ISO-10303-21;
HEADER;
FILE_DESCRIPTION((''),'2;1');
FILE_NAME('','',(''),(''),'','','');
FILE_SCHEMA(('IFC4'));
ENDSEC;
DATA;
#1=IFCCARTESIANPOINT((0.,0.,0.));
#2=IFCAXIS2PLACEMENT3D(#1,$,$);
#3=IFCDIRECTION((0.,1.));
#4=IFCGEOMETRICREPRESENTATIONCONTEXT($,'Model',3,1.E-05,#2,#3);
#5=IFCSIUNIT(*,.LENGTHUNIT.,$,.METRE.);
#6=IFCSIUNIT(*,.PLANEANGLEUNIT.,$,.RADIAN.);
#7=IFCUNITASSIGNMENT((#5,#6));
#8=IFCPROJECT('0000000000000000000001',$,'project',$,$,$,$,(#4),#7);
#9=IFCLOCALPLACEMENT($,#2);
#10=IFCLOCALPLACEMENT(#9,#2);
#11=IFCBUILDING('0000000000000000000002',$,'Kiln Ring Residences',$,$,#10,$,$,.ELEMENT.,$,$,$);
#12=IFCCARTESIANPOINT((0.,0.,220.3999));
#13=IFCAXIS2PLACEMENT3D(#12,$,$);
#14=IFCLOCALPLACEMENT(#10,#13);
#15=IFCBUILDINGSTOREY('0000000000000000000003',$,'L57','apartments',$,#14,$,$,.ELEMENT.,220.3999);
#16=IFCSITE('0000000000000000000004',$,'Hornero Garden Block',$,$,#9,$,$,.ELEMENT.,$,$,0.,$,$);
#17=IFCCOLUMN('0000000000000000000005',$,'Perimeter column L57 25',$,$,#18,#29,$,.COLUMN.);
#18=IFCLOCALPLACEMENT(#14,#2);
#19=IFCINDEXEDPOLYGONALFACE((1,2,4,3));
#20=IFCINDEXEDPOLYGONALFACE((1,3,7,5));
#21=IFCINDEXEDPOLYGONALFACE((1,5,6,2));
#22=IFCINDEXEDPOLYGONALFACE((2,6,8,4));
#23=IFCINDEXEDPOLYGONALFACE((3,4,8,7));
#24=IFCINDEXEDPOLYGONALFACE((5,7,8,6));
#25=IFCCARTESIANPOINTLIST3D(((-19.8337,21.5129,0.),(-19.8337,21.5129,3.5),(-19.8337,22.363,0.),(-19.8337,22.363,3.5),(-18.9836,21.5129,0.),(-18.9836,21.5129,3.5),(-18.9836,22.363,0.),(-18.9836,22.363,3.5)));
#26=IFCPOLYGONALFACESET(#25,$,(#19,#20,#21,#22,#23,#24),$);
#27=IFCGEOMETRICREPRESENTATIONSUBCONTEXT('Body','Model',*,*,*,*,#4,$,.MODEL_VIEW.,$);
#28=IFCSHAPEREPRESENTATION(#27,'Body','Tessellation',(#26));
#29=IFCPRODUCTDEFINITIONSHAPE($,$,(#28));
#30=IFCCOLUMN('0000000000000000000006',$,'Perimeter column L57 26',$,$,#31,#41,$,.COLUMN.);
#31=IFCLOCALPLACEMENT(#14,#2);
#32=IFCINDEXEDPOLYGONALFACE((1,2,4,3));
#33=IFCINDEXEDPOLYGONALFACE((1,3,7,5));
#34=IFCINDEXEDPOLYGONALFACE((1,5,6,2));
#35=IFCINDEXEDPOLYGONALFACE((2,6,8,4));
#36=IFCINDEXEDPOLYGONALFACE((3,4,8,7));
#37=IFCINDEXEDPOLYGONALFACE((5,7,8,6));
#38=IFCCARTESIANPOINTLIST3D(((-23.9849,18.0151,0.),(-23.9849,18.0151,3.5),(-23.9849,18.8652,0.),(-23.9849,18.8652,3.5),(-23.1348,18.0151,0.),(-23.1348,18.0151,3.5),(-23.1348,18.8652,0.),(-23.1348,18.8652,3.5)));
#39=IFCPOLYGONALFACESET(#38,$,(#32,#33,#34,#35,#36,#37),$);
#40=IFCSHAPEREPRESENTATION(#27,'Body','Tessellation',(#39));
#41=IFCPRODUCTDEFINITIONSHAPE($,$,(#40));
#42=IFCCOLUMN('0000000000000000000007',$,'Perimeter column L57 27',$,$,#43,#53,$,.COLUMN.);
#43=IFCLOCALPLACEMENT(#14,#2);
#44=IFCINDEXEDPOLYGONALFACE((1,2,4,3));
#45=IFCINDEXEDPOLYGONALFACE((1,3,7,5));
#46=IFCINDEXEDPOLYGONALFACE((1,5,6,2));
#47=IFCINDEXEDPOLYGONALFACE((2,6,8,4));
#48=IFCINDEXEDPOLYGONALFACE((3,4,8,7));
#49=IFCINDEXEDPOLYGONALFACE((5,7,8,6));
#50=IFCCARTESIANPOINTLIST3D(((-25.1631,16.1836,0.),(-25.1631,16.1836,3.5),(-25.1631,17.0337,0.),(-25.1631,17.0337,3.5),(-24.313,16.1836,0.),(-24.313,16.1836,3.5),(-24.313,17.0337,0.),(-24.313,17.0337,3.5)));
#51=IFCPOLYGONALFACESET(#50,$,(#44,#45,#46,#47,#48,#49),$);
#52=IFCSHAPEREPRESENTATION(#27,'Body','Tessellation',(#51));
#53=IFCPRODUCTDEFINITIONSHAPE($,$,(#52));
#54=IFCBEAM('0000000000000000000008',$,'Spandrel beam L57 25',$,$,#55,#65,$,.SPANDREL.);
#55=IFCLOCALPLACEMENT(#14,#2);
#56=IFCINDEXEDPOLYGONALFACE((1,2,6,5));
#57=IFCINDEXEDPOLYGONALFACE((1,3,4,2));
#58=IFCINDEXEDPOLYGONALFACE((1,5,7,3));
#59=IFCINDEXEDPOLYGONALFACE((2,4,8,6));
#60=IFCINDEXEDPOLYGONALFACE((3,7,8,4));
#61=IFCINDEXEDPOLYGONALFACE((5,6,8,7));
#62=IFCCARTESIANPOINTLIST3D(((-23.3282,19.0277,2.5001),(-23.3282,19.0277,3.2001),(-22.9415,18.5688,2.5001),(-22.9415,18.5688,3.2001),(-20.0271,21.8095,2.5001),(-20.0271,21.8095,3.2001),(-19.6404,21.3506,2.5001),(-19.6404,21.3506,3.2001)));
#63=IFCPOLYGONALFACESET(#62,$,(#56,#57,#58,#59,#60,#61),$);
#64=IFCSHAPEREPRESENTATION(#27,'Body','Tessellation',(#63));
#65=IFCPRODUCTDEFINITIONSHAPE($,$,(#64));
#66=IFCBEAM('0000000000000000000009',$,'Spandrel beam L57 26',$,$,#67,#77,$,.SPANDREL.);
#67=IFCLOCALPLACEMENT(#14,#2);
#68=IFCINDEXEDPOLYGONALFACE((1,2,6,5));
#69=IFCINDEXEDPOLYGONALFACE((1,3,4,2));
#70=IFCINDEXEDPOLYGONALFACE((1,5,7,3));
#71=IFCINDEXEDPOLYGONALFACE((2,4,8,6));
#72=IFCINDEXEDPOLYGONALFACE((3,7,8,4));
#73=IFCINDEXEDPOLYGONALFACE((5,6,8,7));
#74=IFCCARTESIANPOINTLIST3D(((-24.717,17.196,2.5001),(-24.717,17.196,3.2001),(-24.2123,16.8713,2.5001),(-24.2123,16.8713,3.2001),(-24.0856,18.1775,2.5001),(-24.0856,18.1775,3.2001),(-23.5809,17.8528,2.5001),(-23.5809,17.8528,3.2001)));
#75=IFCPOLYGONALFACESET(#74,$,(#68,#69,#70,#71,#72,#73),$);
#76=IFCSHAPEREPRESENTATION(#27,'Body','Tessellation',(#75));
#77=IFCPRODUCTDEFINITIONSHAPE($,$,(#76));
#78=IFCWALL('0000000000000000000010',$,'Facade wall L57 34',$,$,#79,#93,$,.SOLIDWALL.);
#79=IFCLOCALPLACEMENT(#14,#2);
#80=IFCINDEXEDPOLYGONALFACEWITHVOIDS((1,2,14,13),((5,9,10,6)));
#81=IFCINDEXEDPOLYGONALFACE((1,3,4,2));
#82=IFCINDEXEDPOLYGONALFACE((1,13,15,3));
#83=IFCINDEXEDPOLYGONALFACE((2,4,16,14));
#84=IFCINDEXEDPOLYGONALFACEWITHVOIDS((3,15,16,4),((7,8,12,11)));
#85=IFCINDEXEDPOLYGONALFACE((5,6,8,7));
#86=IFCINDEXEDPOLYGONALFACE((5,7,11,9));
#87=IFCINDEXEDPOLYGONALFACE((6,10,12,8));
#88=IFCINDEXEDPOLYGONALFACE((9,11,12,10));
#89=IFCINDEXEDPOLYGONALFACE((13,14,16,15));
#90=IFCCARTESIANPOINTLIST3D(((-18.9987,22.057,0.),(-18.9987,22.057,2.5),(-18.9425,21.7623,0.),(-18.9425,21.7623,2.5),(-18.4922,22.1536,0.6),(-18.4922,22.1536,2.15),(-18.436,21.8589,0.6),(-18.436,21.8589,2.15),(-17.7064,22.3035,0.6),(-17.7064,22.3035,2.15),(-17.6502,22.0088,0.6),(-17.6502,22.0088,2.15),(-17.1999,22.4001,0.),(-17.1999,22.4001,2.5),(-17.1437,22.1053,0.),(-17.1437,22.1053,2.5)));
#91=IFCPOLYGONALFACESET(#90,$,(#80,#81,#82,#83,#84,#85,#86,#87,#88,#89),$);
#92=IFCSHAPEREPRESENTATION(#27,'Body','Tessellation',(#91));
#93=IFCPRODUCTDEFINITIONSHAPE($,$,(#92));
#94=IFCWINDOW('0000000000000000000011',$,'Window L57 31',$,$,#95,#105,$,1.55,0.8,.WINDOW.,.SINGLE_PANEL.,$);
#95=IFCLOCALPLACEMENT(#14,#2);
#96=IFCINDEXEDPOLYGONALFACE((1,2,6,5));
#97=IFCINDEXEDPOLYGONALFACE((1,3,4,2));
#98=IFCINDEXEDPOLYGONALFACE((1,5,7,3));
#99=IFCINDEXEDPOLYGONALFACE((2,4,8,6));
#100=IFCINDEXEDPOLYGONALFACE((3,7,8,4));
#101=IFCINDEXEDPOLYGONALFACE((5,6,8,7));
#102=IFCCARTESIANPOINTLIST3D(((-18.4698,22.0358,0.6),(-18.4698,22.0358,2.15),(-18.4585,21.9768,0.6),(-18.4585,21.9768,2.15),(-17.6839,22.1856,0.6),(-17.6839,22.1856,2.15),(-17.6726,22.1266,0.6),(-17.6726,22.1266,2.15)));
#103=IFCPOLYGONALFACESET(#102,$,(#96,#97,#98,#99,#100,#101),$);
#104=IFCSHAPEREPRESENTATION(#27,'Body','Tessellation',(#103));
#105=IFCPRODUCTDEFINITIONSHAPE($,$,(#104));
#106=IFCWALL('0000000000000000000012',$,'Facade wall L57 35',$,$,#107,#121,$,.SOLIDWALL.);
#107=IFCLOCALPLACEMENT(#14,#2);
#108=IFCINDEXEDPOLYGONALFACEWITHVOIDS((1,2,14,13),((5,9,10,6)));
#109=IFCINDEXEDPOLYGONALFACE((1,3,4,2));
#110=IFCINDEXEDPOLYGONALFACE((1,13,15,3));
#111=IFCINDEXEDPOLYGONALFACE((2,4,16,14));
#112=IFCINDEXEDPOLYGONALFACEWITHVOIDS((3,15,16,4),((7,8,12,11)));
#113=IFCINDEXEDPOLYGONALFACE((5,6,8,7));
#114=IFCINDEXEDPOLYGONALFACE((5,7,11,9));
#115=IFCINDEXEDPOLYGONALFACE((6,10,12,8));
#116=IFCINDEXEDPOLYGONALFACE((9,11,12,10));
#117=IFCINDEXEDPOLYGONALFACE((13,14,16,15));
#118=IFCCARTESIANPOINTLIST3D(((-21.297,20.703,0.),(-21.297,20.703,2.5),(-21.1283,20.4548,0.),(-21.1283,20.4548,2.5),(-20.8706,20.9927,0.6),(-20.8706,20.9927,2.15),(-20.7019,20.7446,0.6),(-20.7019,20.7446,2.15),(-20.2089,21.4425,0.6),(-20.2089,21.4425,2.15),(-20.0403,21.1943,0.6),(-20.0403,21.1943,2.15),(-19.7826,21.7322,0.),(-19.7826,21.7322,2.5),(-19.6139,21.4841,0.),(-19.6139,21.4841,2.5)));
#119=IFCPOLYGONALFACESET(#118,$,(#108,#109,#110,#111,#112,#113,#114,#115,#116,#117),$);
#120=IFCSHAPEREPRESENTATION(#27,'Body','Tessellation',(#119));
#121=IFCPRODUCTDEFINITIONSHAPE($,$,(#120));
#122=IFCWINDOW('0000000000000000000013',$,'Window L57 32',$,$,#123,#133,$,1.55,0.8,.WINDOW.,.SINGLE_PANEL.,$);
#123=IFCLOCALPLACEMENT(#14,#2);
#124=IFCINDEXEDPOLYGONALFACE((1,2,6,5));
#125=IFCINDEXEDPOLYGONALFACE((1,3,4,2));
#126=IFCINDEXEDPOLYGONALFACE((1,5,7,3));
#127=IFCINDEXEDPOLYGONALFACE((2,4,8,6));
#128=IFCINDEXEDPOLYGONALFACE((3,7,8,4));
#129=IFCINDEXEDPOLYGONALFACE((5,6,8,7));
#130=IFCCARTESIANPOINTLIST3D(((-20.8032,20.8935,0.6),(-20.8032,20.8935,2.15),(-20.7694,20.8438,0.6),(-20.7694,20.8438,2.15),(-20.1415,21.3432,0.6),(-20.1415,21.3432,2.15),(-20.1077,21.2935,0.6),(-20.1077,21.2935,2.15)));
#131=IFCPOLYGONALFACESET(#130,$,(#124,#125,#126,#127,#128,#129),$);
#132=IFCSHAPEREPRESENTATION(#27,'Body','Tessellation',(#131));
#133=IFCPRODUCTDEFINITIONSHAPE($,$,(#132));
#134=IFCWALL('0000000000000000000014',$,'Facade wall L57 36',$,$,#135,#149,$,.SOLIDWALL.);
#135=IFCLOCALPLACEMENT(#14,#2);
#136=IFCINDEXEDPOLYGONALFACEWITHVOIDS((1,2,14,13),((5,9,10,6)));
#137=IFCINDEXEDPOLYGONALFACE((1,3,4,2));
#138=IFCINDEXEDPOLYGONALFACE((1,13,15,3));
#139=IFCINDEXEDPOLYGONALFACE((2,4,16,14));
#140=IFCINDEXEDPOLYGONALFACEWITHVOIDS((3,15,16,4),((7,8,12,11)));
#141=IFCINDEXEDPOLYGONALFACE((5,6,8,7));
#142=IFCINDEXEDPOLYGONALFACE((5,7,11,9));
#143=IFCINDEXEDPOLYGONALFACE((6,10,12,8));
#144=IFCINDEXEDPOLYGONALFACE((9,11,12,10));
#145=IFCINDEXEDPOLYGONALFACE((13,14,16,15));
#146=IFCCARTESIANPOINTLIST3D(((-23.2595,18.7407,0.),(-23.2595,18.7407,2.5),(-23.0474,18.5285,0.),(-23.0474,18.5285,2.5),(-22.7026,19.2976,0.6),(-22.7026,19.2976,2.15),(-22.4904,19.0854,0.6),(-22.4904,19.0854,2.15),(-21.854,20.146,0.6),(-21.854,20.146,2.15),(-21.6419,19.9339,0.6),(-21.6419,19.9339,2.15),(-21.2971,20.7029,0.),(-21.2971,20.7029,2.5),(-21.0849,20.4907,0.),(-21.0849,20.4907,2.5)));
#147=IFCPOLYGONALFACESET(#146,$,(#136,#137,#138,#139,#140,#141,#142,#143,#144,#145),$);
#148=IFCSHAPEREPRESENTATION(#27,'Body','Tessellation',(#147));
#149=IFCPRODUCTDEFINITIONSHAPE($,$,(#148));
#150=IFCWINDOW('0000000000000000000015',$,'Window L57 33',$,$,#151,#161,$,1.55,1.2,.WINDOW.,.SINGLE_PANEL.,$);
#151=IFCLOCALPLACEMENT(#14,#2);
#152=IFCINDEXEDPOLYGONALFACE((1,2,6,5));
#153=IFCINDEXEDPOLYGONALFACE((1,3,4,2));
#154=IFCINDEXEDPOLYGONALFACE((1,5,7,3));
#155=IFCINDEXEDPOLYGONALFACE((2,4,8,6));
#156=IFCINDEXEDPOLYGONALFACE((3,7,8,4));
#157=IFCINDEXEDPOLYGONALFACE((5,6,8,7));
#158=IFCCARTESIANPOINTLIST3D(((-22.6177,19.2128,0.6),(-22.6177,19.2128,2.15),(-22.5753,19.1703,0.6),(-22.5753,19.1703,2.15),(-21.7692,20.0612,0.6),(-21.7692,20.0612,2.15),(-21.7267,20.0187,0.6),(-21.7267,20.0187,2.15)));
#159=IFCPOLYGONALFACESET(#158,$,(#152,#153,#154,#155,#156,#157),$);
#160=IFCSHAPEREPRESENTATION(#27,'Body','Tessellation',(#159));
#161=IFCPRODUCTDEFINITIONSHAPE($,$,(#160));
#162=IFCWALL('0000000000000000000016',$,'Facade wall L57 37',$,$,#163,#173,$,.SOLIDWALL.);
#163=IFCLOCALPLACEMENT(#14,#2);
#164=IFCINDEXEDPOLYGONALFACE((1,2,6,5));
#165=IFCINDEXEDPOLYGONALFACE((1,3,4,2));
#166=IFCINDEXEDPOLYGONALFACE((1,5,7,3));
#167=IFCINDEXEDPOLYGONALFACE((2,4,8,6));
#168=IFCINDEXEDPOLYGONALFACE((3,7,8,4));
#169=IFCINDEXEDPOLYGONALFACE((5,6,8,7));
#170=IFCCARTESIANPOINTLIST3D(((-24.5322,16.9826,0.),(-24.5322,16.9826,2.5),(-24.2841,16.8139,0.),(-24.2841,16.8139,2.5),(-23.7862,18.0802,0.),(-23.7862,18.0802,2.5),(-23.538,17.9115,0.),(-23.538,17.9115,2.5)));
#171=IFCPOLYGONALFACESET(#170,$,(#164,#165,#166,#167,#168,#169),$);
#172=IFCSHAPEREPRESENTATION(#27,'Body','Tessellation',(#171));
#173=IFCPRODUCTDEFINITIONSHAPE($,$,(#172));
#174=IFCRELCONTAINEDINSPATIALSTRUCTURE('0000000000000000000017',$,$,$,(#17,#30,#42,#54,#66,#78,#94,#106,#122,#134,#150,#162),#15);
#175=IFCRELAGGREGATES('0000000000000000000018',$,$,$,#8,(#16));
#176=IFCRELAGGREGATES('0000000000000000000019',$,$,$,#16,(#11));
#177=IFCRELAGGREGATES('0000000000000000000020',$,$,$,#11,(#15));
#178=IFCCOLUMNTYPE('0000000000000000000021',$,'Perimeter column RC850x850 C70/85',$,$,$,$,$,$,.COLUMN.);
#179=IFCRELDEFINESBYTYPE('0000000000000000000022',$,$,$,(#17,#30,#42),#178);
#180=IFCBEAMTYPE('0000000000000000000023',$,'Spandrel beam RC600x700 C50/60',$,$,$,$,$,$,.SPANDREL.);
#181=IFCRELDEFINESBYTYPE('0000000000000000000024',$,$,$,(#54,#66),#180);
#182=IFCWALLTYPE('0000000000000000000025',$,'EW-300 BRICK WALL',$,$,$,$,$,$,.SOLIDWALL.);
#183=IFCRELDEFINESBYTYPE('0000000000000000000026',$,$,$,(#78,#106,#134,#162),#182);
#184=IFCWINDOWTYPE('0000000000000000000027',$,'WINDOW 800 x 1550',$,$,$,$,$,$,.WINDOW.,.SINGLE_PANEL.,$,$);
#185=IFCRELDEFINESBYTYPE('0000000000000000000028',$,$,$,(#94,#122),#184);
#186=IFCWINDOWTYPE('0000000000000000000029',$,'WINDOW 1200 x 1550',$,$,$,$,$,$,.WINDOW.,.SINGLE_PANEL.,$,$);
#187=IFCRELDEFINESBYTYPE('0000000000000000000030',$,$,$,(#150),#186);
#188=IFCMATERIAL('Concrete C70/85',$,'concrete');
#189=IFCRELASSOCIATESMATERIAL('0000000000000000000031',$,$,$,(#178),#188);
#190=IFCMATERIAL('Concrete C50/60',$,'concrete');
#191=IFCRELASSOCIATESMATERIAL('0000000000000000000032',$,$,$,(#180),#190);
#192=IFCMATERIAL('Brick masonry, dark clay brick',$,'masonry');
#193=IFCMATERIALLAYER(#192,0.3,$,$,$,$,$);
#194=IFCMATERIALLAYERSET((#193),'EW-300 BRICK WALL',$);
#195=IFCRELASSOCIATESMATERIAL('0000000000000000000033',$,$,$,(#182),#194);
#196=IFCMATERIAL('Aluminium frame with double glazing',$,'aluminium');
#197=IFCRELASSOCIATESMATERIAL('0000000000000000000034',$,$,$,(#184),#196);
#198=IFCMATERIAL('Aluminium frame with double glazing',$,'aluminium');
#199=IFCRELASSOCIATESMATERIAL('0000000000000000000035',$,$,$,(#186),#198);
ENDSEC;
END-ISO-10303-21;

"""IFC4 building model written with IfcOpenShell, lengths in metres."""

from ifc_helpers import new_model, si_unit, direction, frame, frame_2d, origin, origin_2d, place, context, subcontext, project, spatial, rectangle, extrude, material, layer, layer_set, material_profile, profile_set, type_object, element, fill, save


model = new_model("IFC4")

# Units and contexts
model_context = context("Model", 3, precision=1e-05, world=origin(), true_north=direction((0.0, 1.0)))
body_context = subcontext(model_context, "Body", "Model", "MODEL_VIEW")
ifc_project = project(units=[si_unit("LENGTHUNIT", "METRE"), si_unit("PLANEANGLEUNIT", "RADIAN")], contexts=[model_context])

# Site, building, storey
site_placement = place(None, origin())
site = spatial("IfcSite", under=ifc_project, at=site_placement, Name="Hornero Garden Block", CompositionType="ELEMENT", RefElevation=0.0)
building_placement = place(site_placement, origin())
building = spatial("IfcBuilding", under=site, at=building_placement, Name="Kiln Ring Residences", CompositionType="ELEMENT")
storey_placement = place(building_placement, frame((0.0, 0.0, 220.3999)))
storey = spatial("IfcBuildingStorey", under=building, at=storey_placement, Name="L57", Description="apartments", CompositionType="ELEMENT", Elevation=220.3999)

# Columns
ifc_material_1 = material(Name="Concrete C70/85", Category="concrete")
ifc_material_profile_1 = material_profile(ifc_material_1, rectangle(XDim=0.8501, YDim=0.8501, at=origin_2d()), Name="RC850x850")
ifc_profile_set_1 = profile_set([ifc_material_profile_1], Name="Concrete C70/85")
column_type = type_object("IfcColumnType", Name="Perimeter column RC850x850 C70/85", PredefinedType="COLUMN", material=ifc_profile_set_1)
for number, where, z_axis, x_axis, name in (
    (1, (-19.4087, 21.938, 0.0), (0.0, 0.0, 1.0), (1.0, 0.0, 0.0), "Perimeter column L57 25"),
    (2, (-23.5598, 18.4402, 0.0), (0.0, 0.0, 1.0), (1.0, 0.0, 0.0), "Perimeter column L57 26"),
    (3, (-24.738, 16.6086, 0.0), (0.0, 0.0, 1.0), (1.0, 0.0, 0.0), "Perimeter column L57 27"),
):
    element("IfcColumn", number, at=place(storey_placement, frame(where, z_axis=z_axis, x_axis=x_axis)), inside=storey, type_object=column_type, Name=name, PredefinedType="COLUMN", context=body_context, shape_type="SweptSolid", body=[
        extrude(rectangle(XDim=0.8501, YDim=0.8501, at=origin_2d()), origin(), (0.0, 0.0, 1.0), 3.5),
    ])

# Beams
ifc_material_2 = material(Name="Concrete C50/60", Category="concrete")
ifc_material_profile_2 = material_profile(ifc_material_2, rectangle(XDim=0.6001, YDim=0.7, at=origin_2d()), Name="RC600x700")
ifc_profile_set_2 = profile_set([ifc_material_profile_2], Name="Concrete C50/60")
beam_type = type_object("IfcBeamType", Name="Spandrel beam RC600x700 C50/60", PredefinedType="SPANDREL", material=ifc_profile_set_2)
beam_1_placement = place(storey_placement, frame((-19.8337, 21.5801, 2.8501), z_axis=(-0.764691, -0.644397, 0.0), x_axis=(0.644397, -0.764691, 0.0)))
element("IfcBeam", 4, at=beam_1_placement, inside=storey, type_object=beam_type, Name="Spandrel beam L57 25", PredefinedType="SPANDREL", context=body_context, shape_type="SweptSolid", body=[
    extrude(rectangle(XDim=0.6001, YDim=0.7, at=origin_2d()), origin(), (0.0, 0.0, 1.0), 4.3169),
])
beam_2_placement = place(storey_placement, frame((-23.8333, 18.0151, 2.8501), z_axis=(-0.541011, -0.841015, 0.0), x_axis=(0.841015, -0.541011, 0.0)))
element("IfcBeam", 5, at=beam_2_placement, inside=storey, type_object=beam_type, Name="Spandrel beam L57 26", PredefinedType="SPANDREL", context=body_context, shape_type="SweptSolid", body=[
    extrude(rectangle(XDim=0.6001, YDim=0.7, at=origin_2d()), origin(), (0.0, 0.0, 1.0), 1.167),
])

# Walls, openings, windows
ifc_material_3 = material(Name="Brick masonry, dark clay brick", Category="masonry")
ifc_layer_1 = layer(ifc_material_3, 0.3)
ifc_layer_set_1 = layer_set([ifc_layer_1], Name="EW-300 BRICK WALL")
wall_type_1 = type_object("IfcWallType", Name="EW-300 BRICK WALL", PredefinedType="SOLIDWALL", material=ifc_layer_set_1)
wall_1_placement = place(storey_placement, frame((-17.1719, 22.2527, 0.0), z_axis=(0.0, 0.0, 1.0), x_axis=(-0.9823, -0.187314, 0.0)))
wall_1 = element("IfcWall", 6, at=wall_1_placement, inside=storey, type_object=wall_type_1, Name="Facade wall L57 34", PredefinedType="SOLIDWALL", context=body_context, shape_type="SweptSolid", body=[
    extrude(rectangle(XDim=1.8313, YDim=0.3, at=frame_2d((0.9155, 0.0))), origin(), (0.0, 0.0, 1.0), 2.5),
])
opening_1_placement = place(wall_1_placement, frame((0.5156, 0.0, 0.6001)))
opening_1 = element("IfcOpeningElement", 7, at=opening_1_placement, cuts=wall_1, PredefinedType="OPENING", context=body_context, shape_type="SweptSolid", body=[
    extrude(rectangle(XDim=0.8, YDim=1.55, at=frame_2d((0.3999, 0.7749))), frame((0.0, 0.1599, 0.0), z_axis=(0.0, -1.0, 0.0), x_axis=(1.0, 0.0, 0.0)), (0.0, 0.0, 1.0), 0.3201),
])
ifc_material_4 = material(Name="Aluminium frame with double glazing", Category="aluminium")
window_type_1 = type_object("IfcWindowType", Name="WINDOW 800 x 1550", PartitioningType="SINGLE_PANEL", PredefinedType="WINDOW", material=ifc_material_4)
window_1_placement = place(opening_1_placement, origin())
window_1 = element("IfcWindow", 8, at=window_1_placement, inside=storey, type_object=window_type_1, Name="Window L57 31", OverallHeight=1.55, OverallWidth=0.8, PartitioningType="SINGLE_PANEL", PredefinedType="WINDOW", context=body_context, shape_type="SweptSolid", body=[
    extrude(rectangle(XDim=0.8, YDim=1.55, at=frame_2d((0.3999, 0.7749))), frame((0.0, 0.03, 0.0), z_axis=(0.0, -1.0, 0.0), x_axis=(1.0, 0.0, 0.0)), (0.0, 0.0, 1.0), 0.0601),
])
fill(opening_1, window_1)
wall_2_placement = place(storey_placement, frame((-19.6982, 21.6082, 0.0), z_axis=(0.0, 0.0, 1.0), x_axis=(-0.827053, -0.562124, 0.0)))
wall_2 = element("IfcWall", 9, at=wall_2_placement, inside=storey, type_object=wall_type_1, Name="Facade wall L57 35", PredefinedType="SOLIDWALL", context=body_context, shape_type="SweptSolid", body=[
    extrude(rectangle(XDim=1.8311, YDim=0.3, at=frame_2d((0.9155, 0.0))), origin(), (0.0, 0.0, 1.0), 2.5),
])
opening_2_placement = place(wall_2_placement, frame((0.5156, 0.0, 0.6001)))
opening_2 = element("IfcOpeningElement", 10, at=opening_2_placement, cuts=wall_2, PredefinedType="OPENING", context=body_context, shape_type="SweptSolid", body=[
    extrude(rectangle(XDim=0.8, YDim=1.55, at=frame_2d((0.3999, 0.7749))), frame((0.0, 0.1599, 0.0), z_axis=(0.0, -1.0, 0.0), x_axis=(1.0, 0.0, 0.0)), (0.0, 0.0, 1.0), 0.3201),
])
window_2_placement = place(opening_2_placement, origin())
window_2 = element("IfcWindow", 11, at=window_2_placement, inside=storey, type_object=window_type_1, Name="Window L57 32", OverallHeight=1.55, OverallWidth=0.8, PartitioningType="SINGLE_PANEL", PredefinedType="WINDOW", context=body_context, shape_type="SweptSolid", body=[
    extrude(rectangle(XDim=0.8, YDim=1.55, at=frame_2d((0.3999, 0.7749))), frame((0.0, 0.03, 0.0), z_axis=(0.0, -1.0, 0.0), x_axis=(1.0, 0.0, 0.0)), (0.0, 0.0, 1.0), 0.0601),
])
fill(opening_2, window_2)
wall_3_placement = place(storey_placement, frame((-21.1909, 20.5969, 0.0), z_axis=(0.0, 0.0, 1.0), x_axis=(-0.707151, -0.707063, 0.0)))
wall_3 = element("IfcWall", 12, at=wall_3_placement, inside=storey, type_object=wall_type_1, Name="Facade wall L57 36", PredefinedType="SOLIDWALL", context=body_context, shape_type="SweptSolid", body=[
    extrude(rectangle(XDim=2.7751, YDim=0.3, at=frame_2d((1.3877, 0.0))), origin(), (0.0, 0.0, 1.0), 2.5),
])
opening_3_placement = place(wall_3_placement, frame((0.7876, 0.0, 0.6001)))
opening_3 = element("IfcOpeningElement", 13, at=opening_3_placement, cuts=wall_3, PredefinedType="OPENING", context=body_context, shape_type="SweptSolid", body=[
    extrude(rectangle(XDim=1.2, YDim=1.55, at=frame_2d((0.6001, 0.7749))), frame((0.0, 0.1599, 0.0), z_axis=(0.0, -1.0, 0.0), x_axis=(1.0, 0.0, 0.0)), (0.0, 0.0, 1.0), 0.3201),
])
ifc_material_5 = material(Name="Aluminium frame with double glazing", Category="aluminium")
window_type_2 = type_object("IfcWindowType", Name="WINDOW 1200 x 1550", PartitioningType="SINGLE_PANEL", PredefinedType="WINDOW", material=ifc_material_5)
window_3_placement = place(opening_3_placement, origin())
window_3 = element("IfcWindow", 14, at=window_3_placement, inside=storey, type_object=window_type_2, Name="Window L57 33", OverallHeight=1.55, OverallWidth=1.2, PartitioningType="SINGLE_PANEL", PredefinedType="WINDOW", context=body_context, shape_type="SweptSolid", body=[
    extrude(rectangle(XDim=1.2, YDim=1.55, at=frame_2d((0.6001, 0.7749))), frame((0.0, 0.03, 0.0), z_axis=(0.0, -1.0, 0.0), x_axis=(1.0, 0.0, 0.0)), (0.0, 0.0, 1.0), 0.0601),
])
fill(opening_3, window_3)

# Wall
wall_4_placement = place(storey_placement, frame((-23.6621, 17.9958, 0.0), z_axis=(0.0, 0.0, 1.0), x_axis=(-0.562149, -0.827036, 0.0)))
element("IfcWall", 15, at=wall_4_placement, inside=storey, type_object=wall_type_1, Name="Facade wall L57 37", PredefinedType="SOLIDWALL", context=body_context, shape_type="SweptSolid", body=[
    extrude(rectangle(XDim=1.3271, YDim=0.3, at=frame_2d((0.6636, 0.0))), origin(), (0.0, 0.0, 1.0), 2.5),
])

save(model, "model.ifc")
